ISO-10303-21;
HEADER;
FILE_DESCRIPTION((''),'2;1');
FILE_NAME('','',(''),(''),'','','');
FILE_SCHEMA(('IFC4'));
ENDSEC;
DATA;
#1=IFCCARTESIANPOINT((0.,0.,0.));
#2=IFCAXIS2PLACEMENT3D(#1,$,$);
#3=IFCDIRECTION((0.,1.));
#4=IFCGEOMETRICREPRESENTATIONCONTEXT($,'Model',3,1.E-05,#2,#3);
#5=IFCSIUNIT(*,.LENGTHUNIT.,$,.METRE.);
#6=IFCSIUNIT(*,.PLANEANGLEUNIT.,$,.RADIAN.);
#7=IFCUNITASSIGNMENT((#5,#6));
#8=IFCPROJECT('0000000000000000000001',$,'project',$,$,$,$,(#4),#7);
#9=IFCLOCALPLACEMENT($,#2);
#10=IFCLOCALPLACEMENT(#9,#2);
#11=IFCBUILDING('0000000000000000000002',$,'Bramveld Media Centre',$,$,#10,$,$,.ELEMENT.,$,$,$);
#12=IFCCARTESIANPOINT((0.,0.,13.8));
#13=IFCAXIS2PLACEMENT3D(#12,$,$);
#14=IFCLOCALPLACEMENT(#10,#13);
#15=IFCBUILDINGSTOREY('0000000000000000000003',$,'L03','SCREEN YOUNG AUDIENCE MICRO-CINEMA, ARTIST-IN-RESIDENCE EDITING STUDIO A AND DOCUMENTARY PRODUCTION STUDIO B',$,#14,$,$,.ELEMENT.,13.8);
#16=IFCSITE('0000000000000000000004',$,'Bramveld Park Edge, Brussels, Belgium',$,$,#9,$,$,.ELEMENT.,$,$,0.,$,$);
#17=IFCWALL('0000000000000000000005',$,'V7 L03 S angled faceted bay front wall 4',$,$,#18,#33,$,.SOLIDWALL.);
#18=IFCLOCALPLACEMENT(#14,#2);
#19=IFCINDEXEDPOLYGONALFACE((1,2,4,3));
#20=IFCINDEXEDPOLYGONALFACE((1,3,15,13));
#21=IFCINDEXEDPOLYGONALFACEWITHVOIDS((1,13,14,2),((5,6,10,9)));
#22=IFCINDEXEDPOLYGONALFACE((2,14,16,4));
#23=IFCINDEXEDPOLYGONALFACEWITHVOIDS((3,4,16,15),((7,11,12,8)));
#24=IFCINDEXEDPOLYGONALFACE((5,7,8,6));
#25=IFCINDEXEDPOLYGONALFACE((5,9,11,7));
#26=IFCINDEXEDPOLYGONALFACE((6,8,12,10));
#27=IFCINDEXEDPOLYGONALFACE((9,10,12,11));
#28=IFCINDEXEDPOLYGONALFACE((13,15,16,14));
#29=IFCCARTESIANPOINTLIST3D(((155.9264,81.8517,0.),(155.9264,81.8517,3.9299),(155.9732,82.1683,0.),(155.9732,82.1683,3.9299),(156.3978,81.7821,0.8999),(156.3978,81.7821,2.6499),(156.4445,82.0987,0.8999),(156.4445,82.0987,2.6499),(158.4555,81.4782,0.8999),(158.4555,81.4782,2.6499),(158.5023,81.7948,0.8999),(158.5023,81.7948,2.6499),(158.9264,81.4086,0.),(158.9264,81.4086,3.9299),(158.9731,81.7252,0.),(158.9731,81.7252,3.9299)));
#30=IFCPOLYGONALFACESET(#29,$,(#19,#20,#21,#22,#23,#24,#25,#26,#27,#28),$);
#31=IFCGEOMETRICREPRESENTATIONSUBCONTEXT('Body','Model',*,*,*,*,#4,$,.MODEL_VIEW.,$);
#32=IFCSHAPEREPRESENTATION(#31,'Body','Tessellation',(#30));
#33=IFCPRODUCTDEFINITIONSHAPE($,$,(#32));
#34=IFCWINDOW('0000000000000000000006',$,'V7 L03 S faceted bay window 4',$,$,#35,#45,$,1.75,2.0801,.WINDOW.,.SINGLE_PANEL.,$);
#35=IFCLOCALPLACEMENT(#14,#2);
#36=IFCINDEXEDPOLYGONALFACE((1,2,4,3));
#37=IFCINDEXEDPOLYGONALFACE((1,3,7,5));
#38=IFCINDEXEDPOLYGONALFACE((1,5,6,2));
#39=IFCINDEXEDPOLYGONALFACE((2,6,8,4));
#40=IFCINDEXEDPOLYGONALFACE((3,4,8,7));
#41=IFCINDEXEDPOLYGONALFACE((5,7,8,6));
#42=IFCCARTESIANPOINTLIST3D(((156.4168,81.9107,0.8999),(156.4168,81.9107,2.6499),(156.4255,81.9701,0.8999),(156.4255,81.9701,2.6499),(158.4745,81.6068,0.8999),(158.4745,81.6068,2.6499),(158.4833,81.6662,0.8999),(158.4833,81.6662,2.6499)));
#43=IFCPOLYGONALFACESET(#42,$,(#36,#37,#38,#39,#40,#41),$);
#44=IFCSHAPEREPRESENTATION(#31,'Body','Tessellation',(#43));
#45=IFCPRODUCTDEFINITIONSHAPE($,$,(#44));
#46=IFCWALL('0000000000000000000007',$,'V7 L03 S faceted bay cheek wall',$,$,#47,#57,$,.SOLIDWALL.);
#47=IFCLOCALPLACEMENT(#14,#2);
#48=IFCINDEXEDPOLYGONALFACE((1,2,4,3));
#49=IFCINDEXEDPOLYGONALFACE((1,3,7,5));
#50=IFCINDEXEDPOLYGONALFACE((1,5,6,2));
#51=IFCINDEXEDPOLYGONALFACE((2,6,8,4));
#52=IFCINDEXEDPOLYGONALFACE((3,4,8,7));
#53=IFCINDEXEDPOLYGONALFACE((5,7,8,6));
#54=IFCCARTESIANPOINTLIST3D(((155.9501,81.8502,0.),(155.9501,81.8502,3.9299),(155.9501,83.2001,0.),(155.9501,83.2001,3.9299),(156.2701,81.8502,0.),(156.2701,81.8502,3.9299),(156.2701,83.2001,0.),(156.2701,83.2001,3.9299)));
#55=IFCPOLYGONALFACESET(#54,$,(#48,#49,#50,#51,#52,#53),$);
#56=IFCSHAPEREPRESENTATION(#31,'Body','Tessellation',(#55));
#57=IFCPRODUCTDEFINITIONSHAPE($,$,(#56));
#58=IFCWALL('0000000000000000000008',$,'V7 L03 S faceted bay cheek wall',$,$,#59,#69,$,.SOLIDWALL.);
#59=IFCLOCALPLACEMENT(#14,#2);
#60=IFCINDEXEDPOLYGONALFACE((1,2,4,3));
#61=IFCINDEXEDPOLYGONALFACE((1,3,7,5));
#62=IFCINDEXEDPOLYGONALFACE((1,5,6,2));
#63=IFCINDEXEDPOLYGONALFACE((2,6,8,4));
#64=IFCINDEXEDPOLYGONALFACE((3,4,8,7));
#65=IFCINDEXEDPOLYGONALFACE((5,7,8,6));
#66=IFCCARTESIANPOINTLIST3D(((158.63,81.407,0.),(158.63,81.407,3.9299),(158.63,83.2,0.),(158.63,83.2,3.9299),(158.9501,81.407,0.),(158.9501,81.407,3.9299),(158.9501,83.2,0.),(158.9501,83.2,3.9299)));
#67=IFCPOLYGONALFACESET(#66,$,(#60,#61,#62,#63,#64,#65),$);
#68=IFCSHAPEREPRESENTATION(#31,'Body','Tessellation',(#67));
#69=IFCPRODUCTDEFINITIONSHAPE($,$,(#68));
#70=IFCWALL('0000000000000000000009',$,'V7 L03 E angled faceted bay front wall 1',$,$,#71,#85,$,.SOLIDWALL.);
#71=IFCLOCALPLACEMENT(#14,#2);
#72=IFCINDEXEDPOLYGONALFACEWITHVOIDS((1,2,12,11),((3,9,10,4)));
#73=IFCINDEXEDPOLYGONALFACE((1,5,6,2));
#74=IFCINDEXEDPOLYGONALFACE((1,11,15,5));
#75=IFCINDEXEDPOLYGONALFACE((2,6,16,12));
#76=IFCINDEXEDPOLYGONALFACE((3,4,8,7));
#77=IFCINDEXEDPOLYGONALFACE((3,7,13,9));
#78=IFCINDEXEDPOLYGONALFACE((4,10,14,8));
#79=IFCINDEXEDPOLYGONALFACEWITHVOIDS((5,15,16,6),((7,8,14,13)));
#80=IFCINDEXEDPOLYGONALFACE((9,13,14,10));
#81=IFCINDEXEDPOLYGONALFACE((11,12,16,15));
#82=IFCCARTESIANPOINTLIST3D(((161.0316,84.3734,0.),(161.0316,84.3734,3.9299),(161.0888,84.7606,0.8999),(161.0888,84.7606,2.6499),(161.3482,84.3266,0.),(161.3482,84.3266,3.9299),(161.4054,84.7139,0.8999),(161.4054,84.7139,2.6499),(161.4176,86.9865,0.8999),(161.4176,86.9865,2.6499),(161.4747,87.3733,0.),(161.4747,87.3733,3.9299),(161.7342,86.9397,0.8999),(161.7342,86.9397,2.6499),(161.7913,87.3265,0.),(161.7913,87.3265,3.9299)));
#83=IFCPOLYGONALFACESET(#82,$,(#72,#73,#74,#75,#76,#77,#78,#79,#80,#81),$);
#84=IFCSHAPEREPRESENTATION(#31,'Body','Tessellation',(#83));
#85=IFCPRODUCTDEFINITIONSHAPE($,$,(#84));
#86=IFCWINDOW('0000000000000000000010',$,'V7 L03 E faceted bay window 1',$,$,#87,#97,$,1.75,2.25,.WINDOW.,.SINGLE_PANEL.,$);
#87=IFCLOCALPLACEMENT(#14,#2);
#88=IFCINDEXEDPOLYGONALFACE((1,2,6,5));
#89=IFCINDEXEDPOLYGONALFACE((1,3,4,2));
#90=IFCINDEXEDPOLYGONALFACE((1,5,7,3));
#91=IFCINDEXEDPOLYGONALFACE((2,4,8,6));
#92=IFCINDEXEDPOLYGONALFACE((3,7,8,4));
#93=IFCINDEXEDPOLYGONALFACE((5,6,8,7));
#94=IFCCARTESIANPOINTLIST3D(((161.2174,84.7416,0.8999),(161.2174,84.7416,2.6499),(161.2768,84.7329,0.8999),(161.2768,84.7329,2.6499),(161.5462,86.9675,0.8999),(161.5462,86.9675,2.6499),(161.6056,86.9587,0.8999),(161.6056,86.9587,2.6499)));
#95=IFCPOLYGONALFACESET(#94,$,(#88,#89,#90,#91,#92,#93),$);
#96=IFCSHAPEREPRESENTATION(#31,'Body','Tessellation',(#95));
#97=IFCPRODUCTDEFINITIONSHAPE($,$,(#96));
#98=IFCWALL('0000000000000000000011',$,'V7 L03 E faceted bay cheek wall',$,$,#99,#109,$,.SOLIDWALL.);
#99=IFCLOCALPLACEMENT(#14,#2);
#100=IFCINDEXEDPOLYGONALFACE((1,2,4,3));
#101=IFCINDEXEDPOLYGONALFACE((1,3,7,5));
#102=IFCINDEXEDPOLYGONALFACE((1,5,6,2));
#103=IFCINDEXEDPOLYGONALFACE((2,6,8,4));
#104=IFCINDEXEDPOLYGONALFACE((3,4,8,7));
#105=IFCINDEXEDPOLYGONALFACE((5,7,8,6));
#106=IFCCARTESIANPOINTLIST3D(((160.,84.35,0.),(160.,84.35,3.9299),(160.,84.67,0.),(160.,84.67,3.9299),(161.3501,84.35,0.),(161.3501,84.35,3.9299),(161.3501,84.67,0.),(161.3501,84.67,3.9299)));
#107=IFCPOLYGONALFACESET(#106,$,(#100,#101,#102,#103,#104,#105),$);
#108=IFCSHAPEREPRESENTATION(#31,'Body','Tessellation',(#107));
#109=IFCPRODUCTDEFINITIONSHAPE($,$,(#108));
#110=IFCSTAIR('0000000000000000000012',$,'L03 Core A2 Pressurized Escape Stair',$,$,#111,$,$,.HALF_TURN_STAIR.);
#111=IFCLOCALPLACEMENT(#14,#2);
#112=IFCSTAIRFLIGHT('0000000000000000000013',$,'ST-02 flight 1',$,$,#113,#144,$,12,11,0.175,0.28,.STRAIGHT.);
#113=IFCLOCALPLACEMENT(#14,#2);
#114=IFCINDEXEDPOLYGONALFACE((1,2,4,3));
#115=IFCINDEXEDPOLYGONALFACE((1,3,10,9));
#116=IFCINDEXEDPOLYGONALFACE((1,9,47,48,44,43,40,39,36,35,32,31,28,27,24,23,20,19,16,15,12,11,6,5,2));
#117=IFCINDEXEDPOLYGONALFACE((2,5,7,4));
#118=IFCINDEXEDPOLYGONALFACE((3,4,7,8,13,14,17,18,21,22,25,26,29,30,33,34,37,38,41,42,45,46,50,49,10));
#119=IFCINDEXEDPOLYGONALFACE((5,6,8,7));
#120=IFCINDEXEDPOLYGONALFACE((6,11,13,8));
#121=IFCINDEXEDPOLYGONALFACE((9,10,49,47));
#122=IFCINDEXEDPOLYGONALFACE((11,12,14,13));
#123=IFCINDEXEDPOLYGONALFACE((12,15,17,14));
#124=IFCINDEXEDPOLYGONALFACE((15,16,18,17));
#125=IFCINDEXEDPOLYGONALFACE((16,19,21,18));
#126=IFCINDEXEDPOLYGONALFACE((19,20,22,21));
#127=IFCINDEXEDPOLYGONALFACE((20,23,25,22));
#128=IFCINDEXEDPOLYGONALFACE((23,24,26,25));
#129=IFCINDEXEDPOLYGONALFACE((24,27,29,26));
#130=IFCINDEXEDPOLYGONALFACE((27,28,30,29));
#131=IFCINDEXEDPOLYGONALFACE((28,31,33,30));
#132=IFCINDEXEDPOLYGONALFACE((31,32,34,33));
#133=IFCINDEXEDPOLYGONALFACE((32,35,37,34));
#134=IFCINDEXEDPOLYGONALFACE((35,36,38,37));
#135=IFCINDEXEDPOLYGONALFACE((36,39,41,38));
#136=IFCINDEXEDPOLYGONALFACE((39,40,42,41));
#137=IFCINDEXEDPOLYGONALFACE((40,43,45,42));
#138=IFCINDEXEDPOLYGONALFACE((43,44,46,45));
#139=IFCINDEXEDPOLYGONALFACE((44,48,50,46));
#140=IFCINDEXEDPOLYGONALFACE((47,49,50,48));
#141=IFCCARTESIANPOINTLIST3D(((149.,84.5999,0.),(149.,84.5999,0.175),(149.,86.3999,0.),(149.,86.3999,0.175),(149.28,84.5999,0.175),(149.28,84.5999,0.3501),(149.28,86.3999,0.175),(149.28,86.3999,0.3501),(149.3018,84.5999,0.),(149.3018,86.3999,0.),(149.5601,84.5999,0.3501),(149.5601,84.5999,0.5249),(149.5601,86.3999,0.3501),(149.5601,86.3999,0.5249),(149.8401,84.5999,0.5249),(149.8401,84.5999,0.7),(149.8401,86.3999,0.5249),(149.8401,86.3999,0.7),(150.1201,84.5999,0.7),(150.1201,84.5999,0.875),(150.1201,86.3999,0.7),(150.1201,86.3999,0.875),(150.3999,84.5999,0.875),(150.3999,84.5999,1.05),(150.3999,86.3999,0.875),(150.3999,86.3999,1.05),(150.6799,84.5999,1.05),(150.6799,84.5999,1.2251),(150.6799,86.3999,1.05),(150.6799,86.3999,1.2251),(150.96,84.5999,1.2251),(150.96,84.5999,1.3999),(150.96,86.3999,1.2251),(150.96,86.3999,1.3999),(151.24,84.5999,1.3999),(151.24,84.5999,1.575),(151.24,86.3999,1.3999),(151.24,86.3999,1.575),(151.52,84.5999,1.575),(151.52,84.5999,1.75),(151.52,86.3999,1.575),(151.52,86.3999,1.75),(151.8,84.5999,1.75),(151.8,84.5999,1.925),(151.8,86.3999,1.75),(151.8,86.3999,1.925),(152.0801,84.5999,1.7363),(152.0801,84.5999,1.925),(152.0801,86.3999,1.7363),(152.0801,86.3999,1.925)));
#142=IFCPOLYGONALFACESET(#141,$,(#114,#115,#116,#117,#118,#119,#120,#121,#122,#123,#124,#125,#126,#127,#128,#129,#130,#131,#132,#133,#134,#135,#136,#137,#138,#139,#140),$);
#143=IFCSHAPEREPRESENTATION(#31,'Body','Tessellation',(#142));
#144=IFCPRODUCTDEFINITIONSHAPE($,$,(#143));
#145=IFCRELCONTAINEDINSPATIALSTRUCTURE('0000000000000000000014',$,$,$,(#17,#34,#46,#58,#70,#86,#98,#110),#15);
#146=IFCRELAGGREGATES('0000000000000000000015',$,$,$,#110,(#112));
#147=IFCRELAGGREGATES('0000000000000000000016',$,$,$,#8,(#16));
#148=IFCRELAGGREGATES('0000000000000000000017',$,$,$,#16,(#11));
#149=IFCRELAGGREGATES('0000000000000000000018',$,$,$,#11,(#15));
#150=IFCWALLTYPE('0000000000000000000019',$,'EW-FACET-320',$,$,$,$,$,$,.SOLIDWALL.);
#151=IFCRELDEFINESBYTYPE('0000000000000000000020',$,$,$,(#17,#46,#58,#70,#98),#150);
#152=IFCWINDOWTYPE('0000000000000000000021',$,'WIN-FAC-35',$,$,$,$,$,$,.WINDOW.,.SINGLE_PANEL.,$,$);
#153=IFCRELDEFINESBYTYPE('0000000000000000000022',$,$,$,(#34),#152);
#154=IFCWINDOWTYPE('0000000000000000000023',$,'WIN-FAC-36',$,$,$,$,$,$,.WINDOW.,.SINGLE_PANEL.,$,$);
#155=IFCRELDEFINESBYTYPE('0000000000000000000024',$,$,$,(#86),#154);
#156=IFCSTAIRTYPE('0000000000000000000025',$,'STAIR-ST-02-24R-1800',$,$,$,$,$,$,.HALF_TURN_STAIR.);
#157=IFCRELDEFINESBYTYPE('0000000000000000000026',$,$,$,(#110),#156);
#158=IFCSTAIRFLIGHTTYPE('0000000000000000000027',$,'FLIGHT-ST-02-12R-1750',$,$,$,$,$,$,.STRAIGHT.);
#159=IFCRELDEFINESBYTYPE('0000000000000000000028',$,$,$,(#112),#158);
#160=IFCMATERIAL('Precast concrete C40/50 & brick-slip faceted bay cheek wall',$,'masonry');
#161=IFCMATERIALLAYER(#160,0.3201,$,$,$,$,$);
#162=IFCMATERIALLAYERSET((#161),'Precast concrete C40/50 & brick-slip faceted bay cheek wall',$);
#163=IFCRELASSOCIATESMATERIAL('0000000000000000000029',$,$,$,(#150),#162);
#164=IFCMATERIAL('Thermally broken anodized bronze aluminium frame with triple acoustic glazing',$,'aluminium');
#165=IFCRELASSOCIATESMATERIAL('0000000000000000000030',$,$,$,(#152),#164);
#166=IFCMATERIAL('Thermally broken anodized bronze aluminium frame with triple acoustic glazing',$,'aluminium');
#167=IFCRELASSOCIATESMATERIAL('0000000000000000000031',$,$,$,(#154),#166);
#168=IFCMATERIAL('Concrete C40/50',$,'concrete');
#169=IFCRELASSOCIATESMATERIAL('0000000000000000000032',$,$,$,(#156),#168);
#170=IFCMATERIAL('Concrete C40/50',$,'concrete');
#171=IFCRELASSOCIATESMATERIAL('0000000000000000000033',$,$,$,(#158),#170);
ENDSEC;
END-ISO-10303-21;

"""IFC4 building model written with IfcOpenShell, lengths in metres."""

from ifc_helpers import new_model, si_unit, direction, frame, frame_2d, origin, place, context, subcontext, project, spatial, polyline, rectangle, outline, extrude, material, layer, layer_set, type_object, element, fill, aggregate, save


model = new_model("IFC4")

# Units and contexts
model_context = context("Model", 3, precision=1e-05, world=origin(), true_north=direction((0.0, 1.0)))
body_context = subcontext(model_context, "Body", "Model", "MODEL_VIEW")
ifc_project = project(units=[si_unit("LENGTHUNIT", "METRE"), si_unit("PLANEANGLEUNIT", "RADIAN")], contexts=[model_context])

# Site, building, storey
site_placement = place(None, origin())
site = spatial("IfcSite", under=ifc_project, at=site_placement, Name="Bramveld Park Edge, Brussels, Belgium", CompositionType="ELEMENT", RefElevation=0.0)
building_placement = place(site_placement, origin())
building = spatial("IfcBuilding", under=site, at=building_placement, Name="Bramveld Media Centre", CompositionType="ELEMENT")
storey_placement = place(building_placement, frame((0.0, 0.0, 13.8)))
storey = spatial("IfcBuildingStorey", under=building, at=storey_placement, Name="L03", Description="SCREEN YOUNG AUDIENCE MICRO-CINEMA, ARTIST-IN-RESIDENCE EDITING STUDIO A AND DOCUMENTARY PRODUCTION STUDIO B", CompositionType="ELEMENT", Elevation=13.8)

# Shared definitions
ifc_material_1 = material(Name="Precast concrete C40/50 & brick-slip faceted bay cheek wall", Category="masonry")
ifc_layer_1 = layer(ifc_material_1, 0.3201)
ifc_layer_set_1 = layer_set([ifc_layer_1], Name="Precast concrete C40/50 & brick-slip faceted bay cheek wall")
wall_type_1 = type_object("IfcWallType", Name="EW-FACET-320", PredefinedType="SOLIDWALL", material=ifc_layer_set_1)

# Wall, opening, window
wall_1_placement = place(storey_placement, frame((155.95, 82.01, 0.0), z_axis=(0.0, 0.0, 1.0), x_axis=(0.989267, -0.14612, 0.0)))
wall_1 = element("IfcWall", 1, at=wall_1_placement, inside=storey, type_object=wall_type_1, Name="V7 L03 S angled faceted bay front wall 4", PredefinedType="SOLIDWALL", context=body_context, shape_type="SweptSolid", body=[
    extrude(rectangle(XDim=3.0325, YDim=0.3201, at=frame_2d((1.5161, 0.0))), origin(), (0.0, 0.0, 1.0), 3.9299),
])
opening_1_placement = place(wall_1_placement, frame((0.4763, 0.0, 0.8999)))
opening_1 = element("IfcOpeningElement", 2, at=opening_1_placement, cuts=wall_1, PredefinedType="OPENING", context=body_context, shape_type="SweptSolid", body=[
    extrude(rectangle(XDim=2.0801, YDim=1.75, at=frame_2d((1.04, 0.875))), frame((0.0, 0.1719, 0.0), z_axis=(0.0, -1.0, 0.0), x_axis=(1.0, 0.0, 0.0)), (0.0, 0.0, 1.0), 0.344),
])
ifc_material_2 = material(Name="Thermally broken anodized bronze aluminium frame with triple acoustic glazing", Category="aluminium")
window_type_1 = type_object("IfcWindowType", Name="WIN-FAC-35", PartitioningType="SINGLE_PANEL", PredefinedType="WINDOW", material=ifc_material_2)
window_1_placement = place(opening_1_placement, origin())
window_1 = element("IfcWindow", 3, at=window_1_placement, inside=storey, type_object=window_type_1, Name="V7 L03 S faceted bay window 4", OverallHeight=1.75, OverallWidth=2.0801, PartitioningType="SINGLE_PANEL", PredefinedType="WINDOW", context=body_context, shape_type="SweptSolid", body=[
    extrude(rectangle(XDim=2.0801, YDim=1.75, at=frame_2d((1.04, 0.875))), frame((0.0, 0.03, 0.0), z_axis=(0.0, -1.0, 0.0), x_axis=(1.0, 0.0, 0.0)), (0.0, 0.0, 1.0), 0.0601),
])
fill(opening_1, window_1)

# Walls
wall_2_placement = place(storey_placement, frame((156.1101, 83.2, 0.0), z_axis=(0.0, 0.0, 1.0), x_axis=(0.0, -1.0, 0.0)))
element("IfcWall", 4, at=wall_2_placement, inside=storey, type_object=wall_type_1, Name="V7 L03 S faceted bay cheek wall", PredefinedType="SOLIDWALL", context=body_context, shape_type="SweptSolid", body=[
    extrude(rectangle(XDim=1.3499, YDim=0.3201, at=frame_2d((0.6748, 0.0))), origin(), (0.0, 0.0, 1.0), 3.9299),
])
wall_3_placement = place(storey_placement, frame((158.79, 83.2, 0.0), z_axis=(0.0, 0.0, 1.0), x_axis=(0.0, -1.0, 0.0)))
element("IfcWall", 5, at=wall_3_placement, inside=storey, type_object=wall_type_1, Name="V7 L03 S faceted bay cheek wall", PredefinedType="SOLIDWALL", context=body_context, shape_type="SweptSolid", body=[
    extrude(rectangle(XDim=1.793, YDim=0.3201, at=frame_2d((0.8965, 0.0))), origin(), (0.0, 0.0, 1.0), 3.9299),
])

# Wall, opening, window
wall_4_placement = place(storey_placement, frame((161.1899, 84.3501, 0.0), z_axis=(0.0, 0.0, 1.0), x_axis=(0.14612, 0.989267, 0.0)))
wall_4 = element("IfcWall", 6, at=wall_4_placement, inside=storey, type_object=wall_type_1, Name="V7 L03 E angled faceted bay front wall 1", PredefinedType="SOLIDWALL", context=body_context, shape_type="SweptSolid", body=[
    extrude(rectangle(XDim=3.0325, YDim=0.3201, at=frame_2d((1.5161, 0.0))), origin(), (0.0, 0.0, 1.0), 3.9299),
])
opening_2_placement = place(wall_4_placement, frame((0.3914, 0.0, 0.8999)))
opening_2 = element("IfcOpeningElement", 7, at=opening_2_placement, cuts=wall_4, PredefinedType="OPENING", context=body_context, shape_type="SweptSolid", body=[
    extrude(rectangle(XDim=2.25, YDim=1.75, at=frame_2d((1.125, 0.875))), frame((0.0, 0.1719, 0.0), z_axis=(0.0, -1.0, 0.0), x_axis=(1.0, 0.0, 0.0)), (0.0, 0.0, 1.0), 0.344),
])
ifc_material_3 = material(Name="Thermally broken anodized bronze aluminium frame with triple acoustic glazing", Category="aluminium")
window_type_2 = type_object("IfcWindowType", Name="WIN-FAC-36", PartitioningType="SINGLE_PANEL", PredefinedType="WINDOW", material=ifc_material_3)
window_2_placement = place(opening_2_placement, origin())
window_2 = element("IfcWindow", 8, at=window_2_placement, inside=storey, type_object=window_type_2, Name="V7 L03 E faceted bay window 1", OverallHeight=1.75, OverallWidth=2.25, PartitioningType="SINGLE_PANEL", PredefinedType="WINDOW", context=body_context, shape_type="SweptSolid", body=[
    extrude(rectangle(XDim=2.25, YDim=1.75, at=frame_2d((1.125, 0.875))), frame((0.0, 0.03, 0.0), z_axis=(0.0, -1.0, 0.0), x_axis=(1.0, 0.0, 0.0)), (0.0, 0.0, 1.0), 0.0601),
])
fill(opening_2, window_2)

# Wall
wall_5_placement = place(storey_placement, frame((160.0, 84.51, 0.0), z_axis=(0.0, 0.0, 1.0), x_axis=(1.0, 0.0, 0.0)))
element("IfcWall", 9, at=wall_5_placement, inside=storey, type_object=wall_type_1, Name="V7 L03 E faceted bay cheek wall", PredefinedType="SOLIDWALL", context=body_context, shape_type="SweptSolid", body=[
    extrude(rectangle(XDim=1.3501, YDim=0.3201, at=frame_2d((0.675, 0.0))), origin(), (0.0, 0.0, 1.0), 3.9299),
])

# Stair, stair flight
ifc_material_4 = material(Name="Concrete C40/50", Category="concrete")
stair_type = type_object("IfcStairType", Name="STAIR-ST-02-24R-1800", PredefinedType="HALF_TURN_STAIR", material=ifc_material_4)
stair_placement = place(storey_placement, origin())
stair = element("IfcStair", 10, at=stair_placement, inside=storey, type_object=stair_type, Name="L03 Core A2 Pressurized Escape Stair", PredefinedType="HALF_TURN_STAIR")
ifc_material_5 = material(Name="Concrete C40/50", Category="concrete")
stair_flight_type = type_object("IfcStairFlightType", Name="FLIGHT-ST-02-12R-1750", PredefinedType="STRAIGHT", material=ifc_material_5)
stair_flight_placement = place(storey_placement, frame((149.0, 85.5, 0.0), z_axis=(0.0, 0.0, 1.0), x_axis=(1.0, 0.0, 0.0)))
stair_flight = element("IfcStairFlight", 11, at=stair_flight_placement, type_object=stair_flight_type, Name="ST-02 flight 1", NumberOfRisers=12, NumberOfTreads=11, PredefinedType="STRAIGHT", RiserHeight=0.175, TreadLength=0.28, context=body_context, shape_type="SweptSolid", body=[
    extrude(outline(polyline([(0.0, 0.0), (0.0, 0.175), (0.28, 0.175), (0.28, 0.3501), (0.5601, 0.3501), (0.5601, 0.5249), (0.8401, 0.5249), (0.8401, 0.7), (1.1201, 0.7), (1.1201, 0.875), (1.3999, 0.875), (1.3999, 1.05), (1.6799, 1.05), (1.6799, 1.2251), (1.96, 1.2251), (1.96, 1.3999), (2.24, 1.3999), (2.24, 1.575), (2.52, 1.575), (2.52, 1.75), (2.8, 1.75), (2.8, 1.925), (3.0801, 1.925), (3.0801, 2.1001), (3.0801, 1.7363), (0.3018, 0.0), (0.0, 0.0)])), frame((0.0, 0.8999, 0.0), z_axis=(0.0, -1.0, 0.0), x_axis=(1.0, 0.0, 0.0)), (0.0, 0.0, 1.0), 1.8),
])
aggregate(stair, [stair_flight])

save(model, "model.ifc")
